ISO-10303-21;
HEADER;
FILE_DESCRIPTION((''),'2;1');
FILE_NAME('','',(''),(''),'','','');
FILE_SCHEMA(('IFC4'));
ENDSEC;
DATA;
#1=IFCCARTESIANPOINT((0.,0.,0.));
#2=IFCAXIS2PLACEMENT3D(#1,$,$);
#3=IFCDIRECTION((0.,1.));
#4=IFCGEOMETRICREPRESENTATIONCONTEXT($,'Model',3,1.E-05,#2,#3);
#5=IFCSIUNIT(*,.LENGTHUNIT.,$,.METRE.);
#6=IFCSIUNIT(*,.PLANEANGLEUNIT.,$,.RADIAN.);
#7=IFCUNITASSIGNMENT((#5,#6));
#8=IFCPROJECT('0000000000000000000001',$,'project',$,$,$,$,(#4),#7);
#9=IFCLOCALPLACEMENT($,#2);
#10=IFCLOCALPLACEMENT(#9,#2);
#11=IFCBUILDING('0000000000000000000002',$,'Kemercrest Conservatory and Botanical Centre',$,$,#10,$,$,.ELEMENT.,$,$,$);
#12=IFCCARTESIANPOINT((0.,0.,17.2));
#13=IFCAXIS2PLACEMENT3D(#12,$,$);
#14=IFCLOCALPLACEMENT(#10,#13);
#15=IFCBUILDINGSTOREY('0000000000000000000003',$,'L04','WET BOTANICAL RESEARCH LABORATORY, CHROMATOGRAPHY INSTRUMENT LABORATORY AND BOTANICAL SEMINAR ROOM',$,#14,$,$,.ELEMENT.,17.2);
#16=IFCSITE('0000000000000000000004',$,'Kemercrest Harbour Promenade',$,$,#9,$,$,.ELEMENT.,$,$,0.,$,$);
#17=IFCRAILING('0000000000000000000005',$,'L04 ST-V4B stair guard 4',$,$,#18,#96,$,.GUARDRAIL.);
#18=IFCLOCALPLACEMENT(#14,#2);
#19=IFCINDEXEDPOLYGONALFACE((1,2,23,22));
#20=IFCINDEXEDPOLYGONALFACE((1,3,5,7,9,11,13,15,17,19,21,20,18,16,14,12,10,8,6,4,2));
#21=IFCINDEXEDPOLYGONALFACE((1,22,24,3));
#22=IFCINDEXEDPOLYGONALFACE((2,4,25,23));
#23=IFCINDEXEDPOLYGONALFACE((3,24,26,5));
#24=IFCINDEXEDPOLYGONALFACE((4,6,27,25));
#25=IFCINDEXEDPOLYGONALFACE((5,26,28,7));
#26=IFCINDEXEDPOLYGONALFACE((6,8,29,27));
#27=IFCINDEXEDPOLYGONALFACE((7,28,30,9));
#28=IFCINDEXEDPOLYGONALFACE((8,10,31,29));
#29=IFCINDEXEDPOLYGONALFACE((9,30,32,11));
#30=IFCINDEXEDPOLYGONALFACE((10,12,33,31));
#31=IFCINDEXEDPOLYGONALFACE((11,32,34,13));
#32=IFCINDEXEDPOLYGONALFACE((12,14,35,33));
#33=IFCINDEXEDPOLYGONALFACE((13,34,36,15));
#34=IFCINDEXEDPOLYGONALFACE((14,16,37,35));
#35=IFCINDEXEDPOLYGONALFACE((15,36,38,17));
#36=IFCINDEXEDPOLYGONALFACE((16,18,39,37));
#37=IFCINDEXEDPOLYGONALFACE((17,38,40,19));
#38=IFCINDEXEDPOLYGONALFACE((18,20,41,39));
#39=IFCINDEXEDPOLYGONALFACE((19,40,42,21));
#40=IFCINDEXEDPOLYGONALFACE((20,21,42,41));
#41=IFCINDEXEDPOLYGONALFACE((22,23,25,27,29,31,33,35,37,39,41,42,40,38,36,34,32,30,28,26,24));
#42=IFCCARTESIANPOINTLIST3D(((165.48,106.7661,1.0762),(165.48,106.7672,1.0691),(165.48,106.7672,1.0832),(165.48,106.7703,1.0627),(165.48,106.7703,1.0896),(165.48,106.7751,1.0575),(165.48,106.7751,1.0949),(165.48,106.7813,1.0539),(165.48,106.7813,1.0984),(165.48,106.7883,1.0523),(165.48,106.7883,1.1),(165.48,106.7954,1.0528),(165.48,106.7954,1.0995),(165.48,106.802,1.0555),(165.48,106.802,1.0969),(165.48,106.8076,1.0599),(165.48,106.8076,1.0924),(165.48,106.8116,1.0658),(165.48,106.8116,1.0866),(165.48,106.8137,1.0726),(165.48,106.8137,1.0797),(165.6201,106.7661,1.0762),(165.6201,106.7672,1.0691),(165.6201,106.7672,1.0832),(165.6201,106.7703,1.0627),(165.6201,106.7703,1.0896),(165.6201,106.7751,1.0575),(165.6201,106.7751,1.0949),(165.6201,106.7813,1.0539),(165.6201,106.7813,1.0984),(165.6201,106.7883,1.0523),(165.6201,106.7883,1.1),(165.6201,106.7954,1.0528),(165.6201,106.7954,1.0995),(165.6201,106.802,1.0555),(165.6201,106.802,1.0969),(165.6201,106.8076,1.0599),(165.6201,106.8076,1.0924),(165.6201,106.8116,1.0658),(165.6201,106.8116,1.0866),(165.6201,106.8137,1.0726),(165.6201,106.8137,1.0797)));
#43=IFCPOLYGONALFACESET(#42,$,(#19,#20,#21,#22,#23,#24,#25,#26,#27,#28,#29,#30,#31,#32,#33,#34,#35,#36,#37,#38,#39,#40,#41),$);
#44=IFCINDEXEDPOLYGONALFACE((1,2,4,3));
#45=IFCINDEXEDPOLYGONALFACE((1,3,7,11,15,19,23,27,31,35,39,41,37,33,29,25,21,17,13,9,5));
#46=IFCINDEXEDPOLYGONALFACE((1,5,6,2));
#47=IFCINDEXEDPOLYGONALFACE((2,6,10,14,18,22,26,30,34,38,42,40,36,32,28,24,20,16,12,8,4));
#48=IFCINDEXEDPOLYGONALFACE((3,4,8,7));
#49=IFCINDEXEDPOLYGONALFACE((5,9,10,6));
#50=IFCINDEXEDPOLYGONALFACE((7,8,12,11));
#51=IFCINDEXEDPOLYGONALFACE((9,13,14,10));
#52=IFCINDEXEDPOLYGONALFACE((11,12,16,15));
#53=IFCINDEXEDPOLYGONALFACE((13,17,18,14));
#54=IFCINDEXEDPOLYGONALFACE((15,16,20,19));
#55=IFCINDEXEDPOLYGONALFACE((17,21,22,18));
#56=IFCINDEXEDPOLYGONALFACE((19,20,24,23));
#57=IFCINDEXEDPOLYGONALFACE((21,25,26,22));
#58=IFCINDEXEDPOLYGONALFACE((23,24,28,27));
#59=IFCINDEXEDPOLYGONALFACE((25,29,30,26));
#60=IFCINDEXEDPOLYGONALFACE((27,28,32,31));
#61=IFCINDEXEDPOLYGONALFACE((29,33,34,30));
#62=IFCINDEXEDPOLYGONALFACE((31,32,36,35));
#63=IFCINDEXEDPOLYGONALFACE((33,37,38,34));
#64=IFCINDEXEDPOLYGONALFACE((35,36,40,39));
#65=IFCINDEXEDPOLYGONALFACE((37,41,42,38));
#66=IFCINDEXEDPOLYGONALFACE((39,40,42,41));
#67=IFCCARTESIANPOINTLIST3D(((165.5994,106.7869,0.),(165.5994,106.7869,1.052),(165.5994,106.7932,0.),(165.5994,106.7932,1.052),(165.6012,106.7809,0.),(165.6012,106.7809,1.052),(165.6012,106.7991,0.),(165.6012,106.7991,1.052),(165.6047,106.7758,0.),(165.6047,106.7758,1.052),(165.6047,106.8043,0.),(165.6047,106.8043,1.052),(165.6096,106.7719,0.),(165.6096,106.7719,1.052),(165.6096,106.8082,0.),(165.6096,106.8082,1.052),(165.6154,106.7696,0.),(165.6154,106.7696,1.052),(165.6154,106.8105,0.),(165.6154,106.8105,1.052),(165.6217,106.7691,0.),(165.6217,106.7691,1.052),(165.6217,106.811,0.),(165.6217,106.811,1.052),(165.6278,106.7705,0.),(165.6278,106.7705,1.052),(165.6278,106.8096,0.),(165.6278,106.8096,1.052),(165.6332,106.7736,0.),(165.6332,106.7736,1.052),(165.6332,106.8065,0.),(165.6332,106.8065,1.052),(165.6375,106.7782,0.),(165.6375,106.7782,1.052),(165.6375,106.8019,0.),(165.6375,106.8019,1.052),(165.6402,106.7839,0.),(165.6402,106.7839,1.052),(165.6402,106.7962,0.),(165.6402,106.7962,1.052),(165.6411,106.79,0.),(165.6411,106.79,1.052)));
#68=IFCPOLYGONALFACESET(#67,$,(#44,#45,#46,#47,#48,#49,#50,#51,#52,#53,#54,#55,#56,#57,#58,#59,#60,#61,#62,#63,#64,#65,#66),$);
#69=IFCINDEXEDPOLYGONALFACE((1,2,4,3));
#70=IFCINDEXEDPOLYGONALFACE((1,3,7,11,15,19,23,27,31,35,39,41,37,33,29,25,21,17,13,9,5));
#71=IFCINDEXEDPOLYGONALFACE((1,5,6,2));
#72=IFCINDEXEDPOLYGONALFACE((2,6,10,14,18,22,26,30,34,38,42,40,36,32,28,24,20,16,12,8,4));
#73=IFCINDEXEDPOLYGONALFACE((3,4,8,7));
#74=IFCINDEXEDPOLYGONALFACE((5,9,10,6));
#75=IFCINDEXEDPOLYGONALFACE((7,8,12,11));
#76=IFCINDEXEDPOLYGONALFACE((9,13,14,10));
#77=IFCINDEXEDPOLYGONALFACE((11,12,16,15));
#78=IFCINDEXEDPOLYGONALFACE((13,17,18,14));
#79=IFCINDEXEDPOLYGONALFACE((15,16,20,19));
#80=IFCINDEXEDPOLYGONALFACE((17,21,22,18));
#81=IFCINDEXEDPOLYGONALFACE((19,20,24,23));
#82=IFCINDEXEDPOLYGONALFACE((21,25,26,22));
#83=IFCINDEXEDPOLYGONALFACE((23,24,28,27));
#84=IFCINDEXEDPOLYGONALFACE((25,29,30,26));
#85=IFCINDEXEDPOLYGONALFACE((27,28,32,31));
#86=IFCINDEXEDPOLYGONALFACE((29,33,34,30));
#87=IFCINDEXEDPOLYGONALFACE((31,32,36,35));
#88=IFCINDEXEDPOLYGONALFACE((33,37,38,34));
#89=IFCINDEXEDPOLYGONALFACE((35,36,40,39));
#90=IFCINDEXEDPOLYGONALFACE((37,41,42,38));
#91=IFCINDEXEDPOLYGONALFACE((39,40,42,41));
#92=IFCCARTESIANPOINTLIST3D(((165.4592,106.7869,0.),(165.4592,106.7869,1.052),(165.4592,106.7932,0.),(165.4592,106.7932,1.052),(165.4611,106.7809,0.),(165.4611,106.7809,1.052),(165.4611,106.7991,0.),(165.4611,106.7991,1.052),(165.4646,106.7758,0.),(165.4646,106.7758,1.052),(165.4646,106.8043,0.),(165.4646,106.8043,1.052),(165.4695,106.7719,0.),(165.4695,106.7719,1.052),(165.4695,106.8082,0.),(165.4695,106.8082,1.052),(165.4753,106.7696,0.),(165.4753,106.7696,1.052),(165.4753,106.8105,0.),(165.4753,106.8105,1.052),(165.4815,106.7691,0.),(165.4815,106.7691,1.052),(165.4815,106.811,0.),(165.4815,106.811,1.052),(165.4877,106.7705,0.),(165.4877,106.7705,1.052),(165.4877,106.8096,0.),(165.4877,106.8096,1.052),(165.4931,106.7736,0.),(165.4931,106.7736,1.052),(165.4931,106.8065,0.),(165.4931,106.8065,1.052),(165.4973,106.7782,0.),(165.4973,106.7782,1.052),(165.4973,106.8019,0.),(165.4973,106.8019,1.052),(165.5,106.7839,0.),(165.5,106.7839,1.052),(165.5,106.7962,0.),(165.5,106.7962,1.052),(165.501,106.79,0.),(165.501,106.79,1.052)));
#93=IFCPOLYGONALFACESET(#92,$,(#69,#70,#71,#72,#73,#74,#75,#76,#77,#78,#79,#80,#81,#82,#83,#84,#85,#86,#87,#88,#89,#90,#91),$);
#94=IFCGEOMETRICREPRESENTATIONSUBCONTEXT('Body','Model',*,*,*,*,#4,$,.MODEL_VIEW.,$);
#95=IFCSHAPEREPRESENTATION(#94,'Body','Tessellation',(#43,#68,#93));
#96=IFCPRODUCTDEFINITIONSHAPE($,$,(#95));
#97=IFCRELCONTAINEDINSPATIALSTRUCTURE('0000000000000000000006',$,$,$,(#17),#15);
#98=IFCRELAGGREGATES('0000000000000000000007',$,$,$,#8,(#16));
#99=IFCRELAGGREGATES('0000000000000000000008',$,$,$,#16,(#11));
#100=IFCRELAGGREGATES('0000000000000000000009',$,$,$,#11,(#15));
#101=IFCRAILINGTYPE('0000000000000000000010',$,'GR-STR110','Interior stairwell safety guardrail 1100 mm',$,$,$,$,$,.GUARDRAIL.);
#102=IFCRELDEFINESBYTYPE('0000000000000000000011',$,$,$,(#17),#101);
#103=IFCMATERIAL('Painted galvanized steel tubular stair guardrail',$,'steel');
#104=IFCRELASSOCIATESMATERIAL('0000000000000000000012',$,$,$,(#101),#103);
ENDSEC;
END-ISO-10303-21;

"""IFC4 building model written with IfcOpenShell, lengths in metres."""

from ifc_helpers import new_model, si_unit, direction, frame, origin, origin_2d, place, context, subcontext, project, spatial, circle, extrude, material, type_object, element, save


model = new_model("IFC4")

# Units and contexts
model_context = context("Model", 3, precision=1e-05, world=origin(), true_north=direction((0.0, 1.0)))
body_context = subcontext(model_context, "Body", "Model", "MODEL_VIEW")
ifc_project = project(units=[si_unit("LENGTHUNIT", "METRE"), si_unit("PLANEANGLEUNIT", "RADIAN")], contexts=[model_context])

# Site, building, storey
site_placement = place(None, origin())
site = spatial("IfcSite", under=ifc_project, at=site_placement, Name="Kemercrest Harbour Promenade", CompositionType="ELEMENT", RefElevation=0.0)
building_placement = place(site_placement, origin())
building = spatial("IfcBuilding", under=site, at=building_placement, Name="Kemercrest Conservatory and Botanical Centre", CompositionType="ELEMENT")
storey_placement = place(building_placement, frame((0.0, 0.0, 17.2)))
storey = spatial("IfcBuildingStorey", under=building, at=storey_placement, Name="L04", Description="WET BOTANICAL RESEARCH LABORATORY, CHROMATOGRAPHY INSTRUMENT LABORATORY AND BOTANICAL SEMINAR ROOM", CompositionType="ELEMENT", Elevation=17.2)

# Railing
ifc_material_1 = material(Name="Painted galvanized steel tubular stair guardrail", Category="steel")
railing_type_1 = type_object("IfcRailingType", Name="GR-STR110", Description="Interior stairwell safety guardrail 1100 mm", PredefinedType="GUARDRAIL", material=ifc_material_1)
railing_1_placement = place(storey_placement, frame((165.6201, 106.79, 0.0)))
element("IfcRailing", 1, at=railing_1_placement, inside=storey, type_object=railing_type_1, Name="L04 ST-V4B stair guard 4", PredefinedType="GUARDRAIL", context=body_context, shape_type="SweptSolid", body=[
    extrude(circle(Radius=0.0239, at=origin_2d()), frame((0.0, 0.0, 1.0762), z_axis=(-1.0, 0.0, 0.0), x_axis=(0.0, -1.0, 0.0)), (0.0, 0.0, 1.0), 0.1401),
    extrude(circle(Radius=0.021, at=origin_2d()), origin(), (0.0, 0.0, 1.0), 1.052),
    extrude(circle(Radius=0.021, at=origin_2d()), frame((-0.1401, 0.0, 0.0)), (0.0, 0.0, 1.0), 1.052),
])

save(model, "model.ifc")
